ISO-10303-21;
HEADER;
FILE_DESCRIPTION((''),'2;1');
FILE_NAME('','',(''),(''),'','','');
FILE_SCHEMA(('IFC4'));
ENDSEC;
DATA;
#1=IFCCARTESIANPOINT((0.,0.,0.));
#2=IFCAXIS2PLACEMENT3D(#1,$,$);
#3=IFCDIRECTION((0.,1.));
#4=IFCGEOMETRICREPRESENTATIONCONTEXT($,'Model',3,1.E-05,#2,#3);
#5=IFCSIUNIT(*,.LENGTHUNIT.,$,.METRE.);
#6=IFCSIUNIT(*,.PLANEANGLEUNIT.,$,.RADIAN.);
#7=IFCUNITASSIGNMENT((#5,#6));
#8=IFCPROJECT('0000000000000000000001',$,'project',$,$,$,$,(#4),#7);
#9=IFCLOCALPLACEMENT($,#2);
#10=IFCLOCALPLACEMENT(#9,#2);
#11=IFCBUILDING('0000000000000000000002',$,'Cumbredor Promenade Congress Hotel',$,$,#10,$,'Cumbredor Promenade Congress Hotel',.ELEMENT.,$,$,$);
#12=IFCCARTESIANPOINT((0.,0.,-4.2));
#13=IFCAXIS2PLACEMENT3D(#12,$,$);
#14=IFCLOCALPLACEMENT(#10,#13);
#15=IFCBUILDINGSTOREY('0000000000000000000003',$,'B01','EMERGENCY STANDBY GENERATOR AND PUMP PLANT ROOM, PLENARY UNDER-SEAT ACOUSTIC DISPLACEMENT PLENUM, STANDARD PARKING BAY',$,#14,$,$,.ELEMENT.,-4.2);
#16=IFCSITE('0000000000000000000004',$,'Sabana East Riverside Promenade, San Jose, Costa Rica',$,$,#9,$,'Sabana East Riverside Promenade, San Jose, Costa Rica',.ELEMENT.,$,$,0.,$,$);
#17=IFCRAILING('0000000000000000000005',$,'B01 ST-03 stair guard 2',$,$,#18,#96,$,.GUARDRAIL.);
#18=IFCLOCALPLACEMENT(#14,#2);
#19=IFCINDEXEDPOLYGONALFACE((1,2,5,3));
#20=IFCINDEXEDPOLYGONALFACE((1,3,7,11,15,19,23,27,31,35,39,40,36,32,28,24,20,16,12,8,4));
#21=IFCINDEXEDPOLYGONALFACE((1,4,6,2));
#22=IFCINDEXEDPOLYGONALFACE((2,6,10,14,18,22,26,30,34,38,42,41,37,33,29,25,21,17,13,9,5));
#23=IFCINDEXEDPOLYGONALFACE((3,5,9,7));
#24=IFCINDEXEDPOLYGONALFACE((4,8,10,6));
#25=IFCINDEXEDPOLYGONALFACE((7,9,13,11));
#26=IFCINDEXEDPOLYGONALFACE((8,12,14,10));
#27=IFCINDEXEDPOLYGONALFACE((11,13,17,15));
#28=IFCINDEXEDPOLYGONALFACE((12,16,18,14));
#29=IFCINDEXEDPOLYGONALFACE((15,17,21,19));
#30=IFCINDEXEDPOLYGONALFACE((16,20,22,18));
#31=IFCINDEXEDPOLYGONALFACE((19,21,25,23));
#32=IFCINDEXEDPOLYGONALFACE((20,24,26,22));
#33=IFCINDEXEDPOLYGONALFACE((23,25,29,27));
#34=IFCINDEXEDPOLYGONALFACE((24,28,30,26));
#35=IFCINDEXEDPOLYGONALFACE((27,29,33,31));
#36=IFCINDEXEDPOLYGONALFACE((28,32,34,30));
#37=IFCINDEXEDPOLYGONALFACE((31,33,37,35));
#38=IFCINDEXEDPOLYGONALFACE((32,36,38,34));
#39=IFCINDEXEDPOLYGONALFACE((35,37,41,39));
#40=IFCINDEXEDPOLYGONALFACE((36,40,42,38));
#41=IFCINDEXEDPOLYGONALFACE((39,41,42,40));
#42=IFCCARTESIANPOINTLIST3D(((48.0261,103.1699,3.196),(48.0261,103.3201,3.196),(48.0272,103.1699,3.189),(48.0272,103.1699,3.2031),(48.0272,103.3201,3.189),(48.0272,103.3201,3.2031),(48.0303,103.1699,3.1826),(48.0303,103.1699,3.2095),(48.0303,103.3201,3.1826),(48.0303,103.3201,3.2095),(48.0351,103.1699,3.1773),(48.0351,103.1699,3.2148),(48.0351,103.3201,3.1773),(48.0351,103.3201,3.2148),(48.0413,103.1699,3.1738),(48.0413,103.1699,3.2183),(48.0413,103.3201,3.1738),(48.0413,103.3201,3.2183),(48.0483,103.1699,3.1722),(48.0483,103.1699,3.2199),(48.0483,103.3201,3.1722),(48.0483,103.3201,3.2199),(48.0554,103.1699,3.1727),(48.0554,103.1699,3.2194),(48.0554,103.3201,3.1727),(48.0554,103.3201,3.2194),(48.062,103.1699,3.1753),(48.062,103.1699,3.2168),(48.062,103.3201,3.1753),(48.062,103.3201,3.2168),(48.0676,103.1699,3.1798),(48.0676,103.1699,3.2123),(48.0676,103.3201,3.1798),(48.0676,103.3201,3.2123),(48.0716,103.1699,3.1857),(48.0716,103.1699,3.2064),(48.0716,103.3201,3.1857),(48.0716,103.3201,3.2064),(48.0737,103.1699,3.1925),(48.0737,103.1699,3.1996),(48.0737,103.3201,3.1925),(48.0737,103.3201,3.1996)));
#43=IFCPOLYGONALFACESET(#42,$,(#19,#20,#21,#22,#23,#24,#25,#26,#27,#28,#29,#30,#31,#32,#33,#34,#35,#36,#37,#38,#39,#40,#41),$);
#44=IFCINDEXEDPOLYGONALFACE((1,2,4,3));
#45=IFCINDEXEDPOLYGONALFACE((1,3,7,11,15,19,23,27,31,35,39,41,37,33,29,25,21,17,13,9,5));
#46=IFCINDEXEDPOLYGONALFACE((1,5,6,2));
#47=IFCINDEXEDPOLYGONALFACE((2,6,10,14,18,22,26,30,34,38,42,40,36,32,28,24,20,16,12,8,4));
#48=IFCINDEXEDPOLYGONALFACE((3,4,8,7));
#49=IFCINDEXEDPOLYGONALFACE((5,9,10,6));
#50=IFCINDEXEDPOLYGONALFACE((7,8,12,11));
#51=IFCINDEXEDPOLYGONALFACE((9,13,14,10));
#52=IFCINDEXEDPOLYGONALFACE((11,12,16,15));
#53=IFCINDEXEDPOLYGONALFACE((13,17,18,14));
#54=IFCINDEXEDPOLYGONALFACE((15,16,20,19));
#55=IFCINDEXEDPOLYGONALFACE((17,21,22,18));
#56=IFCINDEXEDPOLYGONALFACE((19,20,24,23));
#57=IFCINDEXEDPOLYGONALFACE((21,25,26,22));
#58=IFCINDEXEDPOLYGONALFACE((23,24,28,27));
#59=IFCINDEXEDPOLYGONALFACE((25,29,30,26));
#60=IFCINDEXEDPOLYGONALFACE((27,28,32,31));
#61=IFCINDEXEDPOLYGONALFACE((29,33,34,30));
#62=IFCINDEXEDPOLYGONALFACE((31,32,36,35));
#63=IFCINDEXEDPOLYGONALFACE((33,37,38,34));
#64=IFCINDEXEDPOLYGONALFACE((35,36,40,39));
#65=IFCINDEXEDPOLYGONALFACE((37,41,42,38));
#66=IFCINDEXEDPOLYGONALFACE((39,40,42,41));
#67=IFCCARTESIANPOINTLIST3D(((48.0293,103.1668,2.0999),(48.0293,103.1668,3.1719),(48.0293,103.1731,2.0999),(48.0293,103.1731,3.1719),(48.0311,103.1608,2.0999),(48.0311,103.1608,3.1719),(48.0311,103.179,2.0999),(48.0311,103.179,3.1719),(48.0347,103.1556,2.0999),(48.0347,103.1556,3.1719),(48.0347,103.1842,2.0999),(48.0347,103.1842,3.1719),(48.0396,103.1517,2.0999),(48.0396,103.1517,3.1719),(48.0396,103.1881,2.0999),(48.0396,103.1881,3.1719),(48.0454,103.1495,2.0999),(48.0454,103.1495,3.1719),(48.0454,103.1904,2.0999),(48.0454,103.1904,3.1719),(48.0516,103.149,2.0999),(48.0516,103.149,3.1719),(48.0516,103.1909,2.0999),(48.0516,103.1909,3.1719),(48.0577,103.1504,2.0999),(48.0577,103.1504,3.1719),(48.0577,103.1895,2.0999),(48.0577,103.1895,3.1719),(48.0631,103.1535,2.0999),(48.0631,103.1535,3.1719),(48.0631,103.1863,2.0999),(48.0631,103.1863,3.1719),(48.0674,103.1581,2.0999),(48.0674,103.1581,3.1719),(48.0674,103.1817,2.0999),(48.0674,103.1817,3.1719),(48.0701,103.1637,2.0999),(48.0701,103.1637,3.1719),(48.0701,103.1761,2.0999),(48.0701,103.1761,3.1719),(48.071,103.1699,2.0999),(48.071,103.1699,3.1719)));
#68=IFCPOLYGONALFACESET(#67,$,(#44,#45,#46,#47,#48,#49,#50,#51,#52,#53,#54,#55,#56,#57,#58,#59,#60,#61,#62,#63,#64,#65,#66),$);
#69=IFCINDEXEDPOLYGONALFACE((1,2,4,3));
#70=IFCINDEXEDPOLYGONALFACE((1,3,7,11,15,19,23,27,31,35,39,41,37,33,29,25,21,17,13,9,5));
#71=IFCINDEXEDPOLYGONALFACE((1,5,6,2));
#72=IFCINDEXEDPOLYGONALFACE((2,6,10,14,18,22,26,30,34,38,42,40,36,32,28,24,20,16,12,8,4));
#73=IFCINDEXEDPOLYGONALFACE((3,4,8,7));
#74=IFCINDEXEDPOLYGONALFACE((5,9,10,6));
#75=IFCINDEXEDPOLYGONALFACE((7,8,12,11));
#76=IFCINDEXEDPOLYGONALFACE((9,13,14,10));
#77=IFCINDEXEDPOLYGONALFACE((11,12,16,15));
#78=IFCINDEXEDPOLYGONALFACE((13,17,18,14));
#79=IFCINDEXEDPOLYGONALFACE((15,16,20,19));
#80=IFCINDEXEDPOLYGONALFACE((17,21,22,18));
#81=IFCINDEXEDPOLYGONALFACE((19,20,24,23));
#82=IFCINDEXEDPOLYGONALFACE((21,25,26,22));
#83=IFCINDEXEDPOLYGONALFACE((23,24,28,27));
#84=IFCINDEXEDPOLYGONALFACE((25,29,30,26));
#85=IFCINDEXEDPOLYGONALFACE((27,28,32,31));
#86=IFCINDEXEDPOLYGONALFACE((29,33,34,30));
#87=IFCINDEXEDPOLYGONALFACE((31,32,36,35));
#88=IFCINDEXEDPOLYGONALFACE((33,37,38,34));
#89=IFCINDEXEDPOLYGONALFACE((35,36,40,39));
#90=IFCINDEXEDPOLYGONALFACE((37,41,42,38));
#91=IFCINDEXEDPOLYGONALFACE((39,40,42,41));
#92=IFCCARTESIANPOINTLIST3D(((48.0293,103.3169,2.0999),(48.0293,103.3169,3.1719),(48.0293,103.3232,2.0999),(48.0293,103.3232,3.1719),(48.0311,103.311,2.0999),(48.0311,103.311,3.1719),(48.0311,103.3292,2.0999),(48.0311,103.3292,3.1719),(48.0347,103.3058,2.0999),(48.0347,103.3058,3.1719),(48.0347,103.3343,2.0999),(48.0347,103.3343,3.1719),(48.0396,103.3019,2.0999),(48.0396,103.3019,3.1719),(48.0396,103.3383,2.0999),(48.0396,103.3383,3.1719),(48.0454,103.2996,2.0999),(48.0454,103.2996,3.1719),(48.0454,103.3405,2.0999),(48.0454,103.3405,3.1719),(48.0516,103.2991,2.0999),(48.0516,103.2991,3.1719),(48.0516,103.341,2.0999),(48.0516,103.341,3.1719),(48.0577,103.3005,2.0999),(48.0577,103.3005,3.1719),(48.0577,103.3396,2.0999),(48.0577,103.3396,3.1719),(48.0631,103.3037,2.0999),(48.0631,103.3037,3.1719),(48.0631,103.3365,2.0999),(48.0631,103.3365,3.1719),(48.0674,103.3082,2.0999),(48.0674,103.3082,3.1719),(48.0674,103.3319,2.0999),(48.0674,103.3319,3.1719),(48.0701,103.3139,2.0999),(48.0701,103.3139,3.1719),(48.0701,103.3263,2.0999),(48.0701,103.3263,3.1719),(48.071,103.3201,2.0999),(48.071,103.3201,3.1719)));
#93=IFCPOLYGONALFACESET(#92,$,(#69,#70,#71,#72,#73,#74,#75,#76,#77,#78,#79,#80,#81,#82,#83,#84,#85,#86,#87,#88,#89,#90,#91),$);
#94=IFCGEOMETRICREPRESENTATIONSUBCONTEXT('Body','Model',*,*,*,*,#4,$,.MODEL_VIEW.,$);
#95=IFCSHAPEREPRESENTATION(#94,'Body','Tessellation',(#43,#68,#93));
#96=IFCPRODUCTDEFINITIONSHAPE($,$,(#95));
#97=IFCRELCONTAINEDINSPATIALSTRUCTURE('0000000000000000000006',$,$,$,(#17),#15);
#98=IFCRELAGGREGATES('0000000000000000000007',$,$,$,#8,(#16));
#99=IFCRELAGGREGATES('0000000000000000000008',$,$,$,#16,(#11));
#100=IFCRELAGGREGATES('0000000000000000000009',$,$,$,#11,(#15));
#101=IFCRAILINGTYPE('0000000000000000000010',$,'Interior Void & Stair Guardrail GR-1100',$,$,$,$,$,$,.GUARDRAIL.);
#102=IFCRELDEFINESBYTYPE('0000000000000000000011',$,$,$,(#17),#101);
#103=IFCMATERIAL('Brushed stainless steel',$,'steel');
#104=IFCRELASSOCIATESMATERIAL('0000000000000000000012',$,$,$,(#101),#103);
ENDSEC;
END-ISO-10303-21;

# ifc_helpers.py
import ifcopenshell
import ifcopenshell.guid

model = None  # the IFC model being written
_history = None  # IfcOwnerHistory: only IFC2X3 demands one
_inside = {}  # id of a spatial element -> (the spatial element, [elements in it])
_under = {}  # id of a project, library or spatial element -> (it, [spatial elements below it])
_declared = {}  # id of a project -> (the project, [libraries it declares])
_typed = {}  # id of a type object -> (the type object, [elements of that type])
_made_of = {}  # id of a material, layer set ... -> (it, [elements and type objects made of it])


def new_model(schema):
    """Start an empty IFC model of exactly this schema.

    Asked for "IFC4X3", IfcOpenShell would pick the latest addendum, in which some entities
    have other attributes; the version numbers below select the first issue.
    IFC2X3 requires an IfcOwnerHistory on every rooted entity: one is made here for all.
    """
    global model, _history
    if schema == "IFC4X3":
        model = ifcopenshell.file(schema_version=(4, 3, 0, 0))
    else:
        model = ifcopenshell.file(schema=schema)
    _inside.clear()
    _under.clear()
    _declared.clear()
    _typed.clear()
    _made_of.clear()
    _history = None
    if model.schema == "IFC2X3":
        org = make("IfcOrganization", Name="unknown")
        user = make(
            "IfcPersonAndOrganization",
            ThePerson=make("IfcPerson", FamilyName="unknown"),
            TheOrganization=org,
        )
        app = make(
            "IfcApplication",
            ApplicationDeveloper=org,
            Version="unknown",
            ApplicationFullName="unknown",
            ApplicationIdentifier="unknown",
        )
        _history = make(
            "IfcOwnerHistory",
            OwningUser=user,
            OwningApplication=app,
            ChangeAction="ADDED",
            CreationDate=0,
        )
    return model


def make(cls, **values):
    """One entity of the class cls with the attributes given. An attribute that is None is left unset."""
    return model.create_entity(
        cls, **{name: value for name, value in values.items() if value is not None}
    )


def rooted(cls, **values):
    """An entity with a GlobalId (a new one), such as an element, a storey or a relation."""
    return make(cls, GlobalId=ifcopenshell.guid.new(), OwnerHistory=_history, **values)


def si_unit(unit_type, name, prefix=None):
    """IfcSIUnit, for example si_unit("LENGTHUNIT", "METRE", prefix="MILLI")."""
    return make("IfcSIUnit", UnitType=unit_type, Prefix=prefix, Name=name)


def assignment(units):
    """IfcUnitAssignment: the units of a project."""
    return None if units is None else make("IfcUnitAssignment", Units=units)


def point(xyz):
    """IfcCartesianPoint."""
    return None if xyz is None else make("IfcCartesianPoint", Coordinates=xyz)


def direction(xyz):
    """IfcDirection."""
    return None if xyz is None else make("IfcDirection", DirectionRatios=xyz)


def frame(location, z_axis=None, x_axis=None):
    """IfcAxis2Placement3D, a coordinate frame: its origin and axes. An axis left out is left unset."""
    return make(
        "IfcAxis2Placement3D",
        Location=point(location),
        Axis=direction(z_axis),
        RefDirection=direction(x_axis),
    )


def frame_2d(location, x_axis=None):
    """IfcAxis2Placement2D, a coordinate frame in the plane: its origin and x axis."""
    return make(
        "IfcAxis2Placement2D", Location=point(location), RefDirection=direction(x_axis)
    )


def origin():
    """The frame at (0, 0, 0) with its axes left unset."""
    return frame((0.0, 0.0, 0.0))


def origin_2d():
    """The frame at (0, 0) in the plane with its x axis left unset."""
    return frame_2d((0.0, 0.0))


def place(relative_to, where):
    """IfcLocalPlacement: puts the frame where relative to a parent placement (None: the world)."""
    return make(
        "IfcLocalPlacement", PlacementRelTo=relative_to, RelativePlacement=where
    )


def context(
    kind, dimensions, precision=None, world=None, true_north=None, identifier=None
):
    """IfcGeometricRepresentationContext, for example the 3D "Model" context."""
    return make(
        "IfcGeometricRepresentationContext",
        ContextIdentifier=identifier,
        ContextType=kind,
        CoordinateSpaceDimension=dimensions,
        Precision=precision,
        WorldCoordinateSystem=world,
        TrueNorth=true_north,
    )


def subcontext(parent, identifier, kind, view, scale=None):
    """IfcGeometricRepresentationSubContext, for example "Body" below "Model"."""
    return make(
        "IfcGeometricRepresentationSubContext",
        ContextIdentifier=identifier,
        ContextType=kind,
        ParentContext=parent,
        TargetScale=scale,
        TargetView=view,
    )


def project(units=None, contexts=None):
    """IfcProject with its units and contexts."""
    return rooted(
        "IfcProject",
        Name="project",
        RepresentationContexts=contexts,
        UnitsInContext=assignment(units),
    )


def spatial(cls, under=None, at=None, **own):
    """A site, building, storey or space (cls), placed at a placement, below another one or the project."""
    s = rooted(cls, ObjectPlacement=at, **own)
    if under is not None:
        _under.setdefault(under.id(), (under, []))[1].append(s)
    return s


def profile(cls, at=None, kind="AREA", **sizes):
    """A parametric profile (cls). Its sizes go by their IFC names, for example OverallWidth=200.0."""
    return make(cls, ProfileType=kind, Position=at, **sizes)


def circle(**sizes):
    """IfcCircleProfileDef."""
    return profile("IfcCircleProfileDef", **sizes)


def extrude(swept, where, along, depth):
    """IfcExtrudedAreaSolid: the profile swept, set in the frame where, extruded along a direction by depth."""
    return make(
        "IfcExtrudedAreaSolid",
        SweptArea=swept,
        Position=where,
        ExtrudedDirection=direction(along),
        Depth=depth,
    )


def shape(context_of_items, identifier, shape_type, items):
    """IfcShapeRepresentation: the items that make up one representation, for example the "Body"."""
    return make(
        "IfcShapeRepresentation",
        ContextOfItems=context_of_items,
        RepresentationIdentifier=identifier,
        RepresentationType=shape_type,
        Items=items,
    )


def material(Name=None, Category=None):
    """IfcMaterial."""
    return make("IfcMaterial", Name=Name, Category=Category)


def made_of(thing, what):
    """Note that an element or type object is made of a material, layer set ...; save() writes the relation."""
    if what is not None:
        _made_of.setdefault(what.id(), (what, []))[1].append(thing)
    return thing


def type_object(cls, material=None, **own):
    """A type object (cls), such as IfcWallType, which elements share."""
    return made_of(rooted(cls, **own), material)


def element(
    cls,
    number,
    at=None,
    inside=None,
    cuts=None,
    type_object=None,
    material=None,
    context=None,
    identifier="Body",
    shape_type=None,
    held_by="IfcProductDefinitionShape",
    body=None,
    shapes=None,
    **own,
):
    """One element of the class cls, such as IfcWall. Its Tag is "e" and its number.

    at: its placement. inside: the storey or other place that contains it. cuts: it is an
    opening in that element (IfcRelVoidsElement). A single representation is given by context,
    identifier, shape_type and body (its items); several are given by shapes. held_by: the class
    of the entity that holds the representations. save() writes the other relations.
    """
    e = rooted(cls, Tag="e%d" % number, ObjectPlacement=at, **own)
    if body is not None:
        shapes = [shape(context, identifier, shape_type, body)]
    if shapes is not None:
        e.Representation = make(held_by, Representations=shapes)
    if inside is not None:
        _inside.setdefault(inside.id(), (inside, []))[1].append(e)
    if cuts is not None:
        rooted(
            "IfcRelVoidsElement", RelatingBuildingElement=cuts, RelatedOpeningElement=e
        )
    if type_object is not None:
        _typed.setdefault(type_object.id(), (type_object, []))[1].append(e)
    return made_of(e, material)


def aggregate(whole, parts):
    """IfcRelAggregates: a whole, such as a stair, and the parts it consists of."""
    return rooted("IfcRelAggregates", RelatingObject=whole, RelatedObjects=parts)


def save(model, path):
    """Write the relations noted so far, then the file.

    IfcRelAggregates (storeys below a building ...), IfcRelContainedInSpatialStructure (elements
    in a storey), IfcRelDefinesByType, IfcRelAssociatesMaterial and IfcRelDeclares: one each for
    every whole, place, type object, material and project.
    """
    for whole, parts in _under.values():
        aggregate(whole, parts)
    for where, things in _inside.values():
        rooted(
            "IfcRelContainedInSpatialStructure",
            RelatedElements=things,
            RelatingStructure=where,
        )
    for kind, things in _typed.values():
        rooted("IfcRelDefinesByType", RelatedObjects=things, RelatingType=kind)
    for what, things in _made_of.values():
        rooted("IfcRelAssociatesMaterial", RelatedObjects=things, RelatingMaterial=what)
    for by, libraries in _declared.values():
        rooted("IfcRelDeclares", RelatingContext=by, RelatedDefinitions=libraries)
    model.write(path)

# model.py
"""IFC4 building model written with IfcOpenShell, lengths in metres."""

from ifc_helpers import new_model, si_unit, direction, frame, origin, origin_2d, place, context, subcontext, project, spatial, circle, extrude, material, type_object, element, save


model = new_model("IFC4")

# Units and contexts
model_context = context("Model", 3, precision=1e-05, world=origin(), true_north=direction((0.0, 1.0)))
body_context = subcontext(model_context, "Body", "Model", "MODEL_VIEW")
ifc_project = project(units=[si_unit("LENGTHUNIT", "METRE"), si_unit("PLANEANGLEUNIT", "RADIAN")], contexts=[model_context])

# Site, building, storey
site_placement = place(None, origin())
site = spatial("IfcSite", under=ifc_project, at=site_placement, Name="Sabana East Riverside Promenade, San Jose, Costa Rica", LongName="Sabana East Riverside Promenade, San Jose, Costa Rica", CompositionType="ELEMENT", RefElevation=0.0)
building_placement = place(site_placement, origin())
building = spatial("IfcBuilding", under=site, at=building_placement, Name="Cumbredor Promenade Congress Hotel", LongName="Cumbredor Promenade Congress Hotel", CompositionType="ELEMENT")
storey_placement = place(building_placement, frame((0.0, 0.0, -4.2)))
storey = spatial("IfcBuildingStorey", under=building, at=storey_placement, Name="B01", Description="EMERGENCY STANDBY GENERATOR AND PUMP PLANT ROOM, PLENARY UNDER-SEAT ACOUSTIC DISPLACEMENT PLENUM, STANDARD PARKING BAY", CompositionType="ELEMENT", Elevation=-4.2)

# Railing
ifc_material_1 = material(Name="Brushed stainless steel", Category="steel")
railing_type_1 = type_object("IfcRailingType", Name="Interior Void & Stair Guardrail GR-1100", PredefinedType="GUARDRAIL", material=ifc_material_1)
railing_1_placement = place(storey_placement, frame((48.05, 103.1699, 2.0999)))
element("IfcRailing", 1, at=railing_1_placement, inside=storey, type_object=railing_type_1, Name="B01 ST-03 stair guard 2", PredefinedType="GUARDRAIL", context=body_context, shape_type="SweptSolid", body=[
    extrude(circle(Radius=0.0239, at=origin_2d()), frame((0.0, 0.0, 1.0962), z_axis=(0.0, 1.0, 0.0), x_axis=(-1.0, 0.0, 0.0)), (0.0, 0.0, 1.0), 0.1501),
    extrude(circle(Radius=0.021, at=origin_2d()), origin(), (0.0, 0.0, 1.0), 1.072),
    extrude(circle(Radius=0.021, at=origin_2d()), frame((0.0, 0.1501, 0.0)), (0.0, 0.0, 1.0), 1.072),
])

save(model, "model.ifc")
